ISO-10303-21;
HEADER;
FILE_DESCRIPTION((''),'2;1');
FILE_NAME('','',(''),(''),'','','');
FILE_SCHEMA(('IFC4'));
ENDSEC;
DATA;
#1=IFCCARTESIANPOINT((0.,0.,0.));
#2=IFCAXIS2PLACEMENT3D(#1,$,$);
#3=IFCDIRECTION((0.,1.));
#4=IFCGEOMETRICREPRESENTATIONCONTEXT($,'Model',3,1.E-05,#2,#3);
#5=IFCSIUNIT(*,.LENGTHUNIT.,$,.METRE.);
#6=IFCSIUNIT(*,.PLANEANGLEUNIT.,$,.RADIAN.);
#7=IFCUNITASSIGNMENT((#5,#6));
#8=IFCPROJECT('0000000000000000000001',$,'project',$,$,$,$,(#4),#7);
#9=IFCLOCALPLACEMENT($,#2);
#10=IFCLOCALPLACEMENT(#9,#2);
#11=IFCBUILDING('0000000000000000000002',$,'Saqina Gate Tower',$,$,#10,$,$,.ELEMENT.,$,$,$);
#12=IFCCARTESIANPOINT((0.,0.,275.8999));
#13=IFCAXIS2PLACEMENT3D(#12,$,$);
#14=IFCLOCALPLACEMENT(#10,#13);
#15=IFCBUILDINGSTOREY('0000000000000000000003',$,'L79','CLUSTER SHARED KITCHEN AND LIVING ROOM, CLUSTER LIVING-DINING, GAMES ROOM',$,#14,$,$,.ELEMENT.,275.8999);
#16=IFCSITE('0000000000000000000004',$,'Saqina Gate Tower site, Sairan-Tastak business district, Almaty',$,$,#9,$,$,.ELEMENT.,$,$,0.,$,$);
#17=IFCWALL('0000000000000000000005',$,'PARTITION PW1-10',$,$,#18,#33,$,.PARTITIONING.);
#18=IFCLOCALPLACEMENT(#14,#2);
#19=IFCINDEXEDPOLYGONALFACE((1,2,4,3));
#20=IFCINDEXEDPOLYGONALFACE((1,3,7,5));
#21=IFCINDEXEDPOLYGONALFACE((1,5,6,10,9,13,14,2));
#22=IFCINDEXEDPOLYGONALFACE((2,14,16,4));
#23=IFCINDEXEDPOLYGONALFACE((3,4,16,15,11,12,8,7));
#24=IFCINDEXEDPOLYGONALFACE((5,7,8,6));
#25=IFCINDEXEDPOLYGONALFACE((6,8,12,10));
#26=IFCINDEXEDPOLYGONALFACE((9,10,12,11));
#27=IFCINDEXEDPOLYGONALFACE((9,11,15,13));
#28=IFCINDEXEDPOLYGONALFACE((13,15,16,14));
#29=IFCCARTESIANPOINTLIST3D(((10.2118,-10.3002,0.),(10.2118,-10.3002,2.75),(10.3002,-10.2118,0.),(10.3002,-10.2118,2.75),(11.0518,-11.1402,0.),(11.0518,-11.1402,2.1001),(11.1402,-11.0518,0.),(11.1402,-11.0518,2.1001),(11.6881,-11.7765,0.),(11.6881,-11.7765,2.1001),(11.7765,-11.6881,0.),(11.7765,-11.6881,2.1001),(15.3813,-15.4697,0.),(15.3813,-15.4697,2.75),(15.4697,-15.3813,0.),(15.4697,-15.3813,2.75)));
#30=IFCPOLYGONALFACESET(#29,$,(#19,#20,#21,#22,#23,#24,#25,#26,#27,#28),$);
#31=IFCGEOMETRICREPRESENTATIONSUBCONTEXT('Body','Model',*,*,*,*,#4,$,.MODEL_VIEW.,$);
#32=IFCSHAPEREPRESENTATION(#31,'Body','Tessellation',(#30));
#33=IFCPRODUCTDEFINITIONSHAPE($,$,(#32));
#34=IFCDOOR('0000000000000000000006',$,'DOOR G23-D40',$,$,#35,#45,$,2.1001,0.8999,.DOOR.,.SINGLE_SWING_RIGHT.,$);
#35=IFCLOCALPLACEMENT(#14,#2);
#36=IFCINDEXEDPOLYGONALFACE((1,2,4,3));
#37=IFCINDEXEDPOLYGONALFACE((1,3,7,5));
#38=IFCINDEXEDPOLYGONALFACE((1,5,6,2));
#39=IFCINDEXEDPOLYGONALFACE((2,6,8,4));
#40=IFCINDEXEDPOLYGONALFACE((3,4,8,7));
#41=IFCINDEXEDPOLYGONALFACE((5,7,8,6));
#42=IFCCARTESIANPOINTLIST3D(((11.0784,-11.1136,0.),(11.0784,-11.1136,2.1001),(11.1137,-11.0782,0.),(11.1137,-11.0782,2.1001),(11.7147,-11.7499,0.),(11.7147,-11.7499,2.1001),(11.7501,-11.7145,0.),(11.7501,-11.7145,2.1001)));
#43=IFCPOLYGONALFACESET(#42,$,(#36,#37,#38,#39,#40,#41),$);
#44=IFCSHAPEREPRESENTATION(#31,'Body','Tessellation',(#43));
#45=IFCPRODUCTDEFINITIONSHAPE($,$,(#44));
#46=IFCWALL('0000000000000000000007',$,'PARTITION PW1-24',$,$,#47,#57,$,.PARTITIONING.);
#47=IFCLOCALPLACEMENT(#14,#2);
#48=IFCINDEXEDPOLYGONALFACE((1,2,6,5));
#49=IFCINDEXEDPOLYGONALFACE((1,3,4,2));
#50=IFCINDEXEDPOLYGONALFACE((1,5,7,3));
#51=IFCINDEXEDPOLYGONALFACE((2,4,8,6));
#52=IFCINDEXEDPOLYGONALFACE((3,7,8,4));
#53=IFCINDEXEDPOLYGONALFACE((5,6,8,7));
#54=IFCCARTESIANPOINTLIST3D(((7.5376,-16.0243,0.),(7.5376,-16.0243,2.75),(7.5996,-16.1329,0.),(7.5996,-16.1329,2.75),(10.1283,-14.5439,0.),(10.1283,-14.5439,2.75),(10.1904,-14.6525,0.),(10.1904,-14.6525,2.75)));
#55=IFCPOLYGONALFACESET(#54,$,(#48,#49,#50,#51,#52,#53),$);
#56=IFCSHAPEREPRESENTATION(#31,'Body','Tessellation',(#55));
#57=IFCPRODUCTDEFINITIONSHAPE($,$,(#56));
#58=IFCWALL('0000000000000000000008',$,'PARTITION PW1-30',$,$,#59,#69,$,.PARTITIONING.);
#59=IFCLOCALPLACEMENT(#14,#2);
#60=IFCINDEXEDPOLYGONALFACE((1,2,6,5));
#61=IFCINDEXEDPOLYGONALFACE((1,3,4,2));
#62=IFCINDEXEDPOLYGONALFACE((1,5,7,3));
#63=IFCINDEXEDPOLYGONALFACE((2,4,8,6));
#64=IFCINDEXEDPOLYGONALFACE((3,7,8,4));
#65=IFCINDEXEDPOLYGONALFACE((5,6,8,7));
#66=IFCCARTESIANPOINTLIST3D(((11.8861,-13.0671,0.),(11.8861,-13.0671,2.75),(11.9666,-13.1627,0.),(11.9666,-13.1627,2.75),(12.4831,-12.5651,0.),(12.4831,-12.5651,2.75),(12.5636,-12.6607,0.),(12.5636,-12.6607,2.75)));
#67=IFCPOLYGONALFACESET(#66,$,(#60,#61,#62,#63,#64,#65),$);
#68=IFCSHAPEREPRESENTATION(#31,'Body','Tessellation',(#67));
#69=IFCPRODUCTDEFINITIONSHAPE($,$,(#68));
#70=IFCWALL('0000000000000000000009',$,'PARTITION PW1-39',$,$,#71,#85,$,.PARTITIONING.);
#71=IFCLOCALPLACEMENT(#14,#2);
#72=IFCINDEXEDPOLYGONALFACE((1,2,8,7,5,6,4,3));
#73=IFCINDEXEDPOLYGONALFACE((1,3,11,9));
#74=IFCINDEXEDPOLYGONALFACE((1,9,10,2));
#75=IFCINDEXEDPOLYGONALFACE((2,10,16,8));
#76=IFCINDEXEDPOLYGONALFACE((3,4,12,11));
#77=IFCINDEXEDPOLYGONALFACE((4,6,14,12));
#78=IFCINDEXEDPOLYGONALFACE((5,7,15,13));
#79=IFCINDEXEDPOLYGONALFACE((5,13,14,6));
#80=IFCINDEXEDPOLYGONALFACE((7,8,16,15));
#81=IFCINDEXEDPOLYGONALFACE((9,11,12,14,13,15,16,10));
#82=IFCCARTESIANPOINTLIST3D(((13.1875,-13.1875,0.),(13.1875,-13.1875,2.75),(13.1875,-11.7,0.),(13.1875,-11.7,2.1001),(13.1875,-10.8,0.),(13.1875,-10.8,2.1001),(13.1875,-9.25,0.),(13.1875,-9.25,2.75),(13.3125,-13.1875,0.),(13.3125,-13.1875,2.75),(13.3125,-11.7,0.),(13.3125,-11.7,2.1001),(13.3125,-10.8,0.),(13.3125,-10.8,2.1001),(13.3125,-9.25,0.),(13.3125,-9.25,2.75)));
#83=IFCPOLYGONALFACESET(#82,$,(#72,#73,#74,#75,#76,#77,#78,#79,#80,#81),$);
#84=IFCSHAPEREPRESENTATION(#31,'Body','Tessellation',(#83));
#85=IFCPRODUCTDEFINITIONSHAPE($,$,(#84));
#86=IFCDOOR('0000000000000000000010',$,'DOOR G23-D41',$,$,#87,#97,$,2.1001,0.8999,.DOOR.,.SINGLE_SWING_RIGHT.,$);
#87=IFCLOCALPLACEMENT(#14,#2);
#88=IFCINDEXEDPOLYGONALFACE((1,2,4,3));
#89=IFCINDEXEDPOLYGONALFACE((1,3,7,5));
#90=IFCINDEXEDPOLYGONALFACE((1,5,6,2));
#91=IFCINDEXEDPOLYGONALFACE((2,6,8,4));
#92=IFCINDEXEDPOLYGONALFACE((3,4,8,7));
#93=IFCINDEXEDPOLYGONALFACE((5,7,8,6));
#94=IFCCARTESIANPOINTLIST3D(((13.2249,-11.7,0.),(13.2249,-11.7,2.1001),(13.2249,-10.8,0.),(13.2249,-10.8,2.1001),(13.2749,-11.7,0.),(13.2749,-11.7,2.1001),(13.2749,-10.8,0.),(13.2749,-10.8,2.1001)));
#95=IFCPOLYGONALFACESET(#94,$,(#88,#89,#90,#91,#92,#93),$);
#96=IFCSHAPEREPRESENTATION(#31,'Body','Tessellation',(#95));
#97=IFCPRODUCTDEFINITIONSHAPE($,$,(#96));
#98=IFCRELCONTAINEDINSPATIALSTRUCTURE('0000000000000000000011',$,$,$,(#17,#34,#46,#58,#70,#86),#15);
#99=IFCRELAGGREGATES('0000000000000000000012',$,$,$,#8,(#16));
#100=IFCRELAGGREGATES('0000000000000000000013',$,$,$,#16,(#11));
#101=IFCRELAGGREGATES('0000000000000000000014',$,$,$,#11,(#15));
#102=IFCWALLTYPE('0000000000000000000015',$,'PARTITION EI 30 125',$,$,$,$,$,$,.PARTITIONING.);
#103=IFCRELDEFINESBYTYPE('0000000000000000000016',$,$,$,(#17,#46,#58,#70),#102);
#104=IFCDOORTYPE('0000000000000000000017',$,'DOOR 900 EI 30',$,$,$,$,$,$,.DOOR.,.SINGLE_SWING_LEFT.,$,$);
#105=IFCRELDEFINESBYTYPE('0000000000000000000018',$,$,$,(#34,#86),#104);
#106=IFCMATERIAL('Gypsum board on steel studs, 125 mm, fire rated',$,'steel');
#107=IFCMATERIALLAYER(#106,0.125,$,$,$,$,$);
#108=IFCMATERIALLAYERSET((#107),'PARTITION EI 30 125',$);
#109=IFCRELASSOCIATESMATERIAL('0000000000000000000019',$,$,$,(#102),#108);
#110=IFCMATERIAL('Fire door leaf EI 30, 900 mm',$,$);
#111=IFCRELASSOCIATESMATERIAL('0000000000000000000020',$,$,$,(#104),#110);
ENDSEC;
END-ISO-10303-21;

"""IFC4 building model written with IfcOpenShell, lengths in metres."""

from ifc_helpers import new_model, si_unit, direction, frame, frame_2d, origin, place, context, subcontext, project, spatial, rectangle, extrude, material, layer, layer_set, type_object, element, fill, save


model = new_model("IFC4")

# Units and contexts
model_context = context("Model", 3, precision=1e-05, world=origin(), true_north=direction((0.0, 1.0)))
body_context = subcontext(model_context, "Body", "Model", "MODEL_VIEW")
ifc_project = project(units=[si_unit("LENGTHUNIT", "METRE"), si_unit("PLANEANGLEUNIT", "RADIAN")], contexts=[model_context])

# Site, building, storey
site_placement = place(None, origin())
site = spatial("IfcSite", under=ifc_project, at=site_placement, Name="Saqina Gate Tower site, Sairan-Tastak business district, Almaty", CompositionType="ELEMENT", RefElevation=0.0)
building_placement = place(site_placement, origin())
building = spatial("IfcBuilding", under=site, at=building_placement, Name="Saqina Gate Tower", CompositionType="ELEMENT")
storey_placement = place(building_placement, frame((0.0, 0.0, 275.8999)))
storey = spatial("IfcBuildingStorey", under=building, at=storey_placement, Name="L79", Description="CLUSTER SHARED KITCHEN AND LIVING ROOM, CLUSTER LIVING-DINING, GAMES ROOM", CompositionType="ELEMENT", Elevation=275.8999)

# Wall, opening, door
ifc_material_1 = material(Name="Gypsum board on steel studs, 125 mm, fire rated", Category="steel")
ifc_layer_1 = layer(ifc_material_1, 0.125)
ifc_layer_set_1 = layer_set([ifc_layer_1], Name="PARTITION EI 30 125")
wall_type_1 = type_object("IfcWallType", Name="PARTITION EI 30 125", PredefinedType="PARTITIONING", material=ifc_layer_set_1)
ifc_material_2 = material(Name="Fire door leaf EI 30, 900 mm")
door_type_1 = type_object("IfcDoorType", Name="DOOR 900 EI 30", OperationType="SINGLE_SWING_LEFT", PredefinedType="DOOR", material=ifc_material_2)
wall_1_placement = place(storey_placement, frame((10.2561, -10.2561, 0.0), z_axis=(0.0, 0.0, 1.0), x_axis=(0.707107, -0.707107, 0.0)))
wall_1 = element("IfcWall", 1, at=wall_1_placement, inside=storey, type_object=wall_type_1, Name="PARTITION PW1-10", PredefinedType="PARTITIONING", context=body_context, shape_type="SweptSolid", body=[
    extrude(rectangle(XDim=7.3108, YDim=0.125, at=frame_2d((3.6553, 0.0))), origin(), (0.0, 0.0, 1.0), 2.75),
])
opening_1_placement = place(wall_1_placement, frame((1.1877, 0.0, 0.0)))
opening_1 = element("IfcOpeningElement", 2, at=opening_1_placement, cuts=wall_1, PredefinedType="OPENING", context=body_context, shape_type="SweptSolid", body=[
    extrude(rectangle(XDim=0.8999, YDim=2.1001, at=frame_2d((0.45, 1.05))), frame((0.0, 0.0745, 0.0), z_axis=(0.0, -1.0, 0.0), x_axis=(1.0, 0.0, 0.0)), (0.0, 0.0, 1.0), 0.1489),
])
door_1_placement = place(opening_1_placement, frame((0.8999, 0.0, 0.0), z_axis=(0.0, 0.0, 1.0), x_axis=(-1.0, 0.0, 0.0)))
door_1 = element("IfcDoor", 3, at=door_1_placement, inside=storey, type_object=door_type_1, Name="DOOR G23-D40", OperationType="SINGLE_SWING_RIGHT", OverallHeight=2.1001, OverallWidth=0.8999, PredefinedType="DOOR", context=body_context, shape_type="SweptSolid", body=[
    extrude(rectangle(XDim=0.8999, YDim=2.1001, at=frame_2d((0.45, 1.05))), frame((0.0, 0.0249, 0.0), z_axis=(0.0, -1.0, 0.0), x_axis=(1.0, 0.0, 0.0)), (0.0, 0.0, 1.0), 0.05),
])
fill(opening_1, door_1)

# Walls
wall_2_placement = place(storey_placement, frame((7.5686, -16.0786, 0.0), z_axis=(0.0, 0.0, 1.0), x_axis=(0.868243, 0.496139, 0.0)))
element("IfcWall", 4, at=wall_2_placement, inside=storey, type_object=wall_type_1, Name="PARTITION PW1-24", PredefinedType="PARTITIONING", context=body_context, shape_type="SweptSolid", body=[
    extrude(rectangle(XDim=2.9839, YDim=0.125, at=frame_2d((1.4919, 0.0))), origin(), (0.0, 0.0, 1.0), 2.75),
])
wall_3_placement = place(storey_placement, frame((11.9263, -13.115, 0.0), z_axis=(0.0, 0.0, 1.0), x_axis=(0.765366, 0.643596, 0.0)))
element("IfcWall", 5, at=wall_3_placement, inside=storey, type_object=wall_type_1, Name="PARTITION PW1-30", PredefinedType="PARTITIONING", context=body_context, shape_type="SweptSolid", body=[
    extrude(rectangle(XDim=0.78, YDim=0.125, at=frame_2d((0.3901, 0.0))), origin(), (0.0, 0.0, 1.0), 2.75),
])

# Wall, opening, door
wall_4_placement = place(storey_placement, frame((13.25, -13.1875, 0.0), z_axis=(0.0, 0.0, 1.0), x_axis=(0.0, 1.0, 0.0)))
wall_4 = element("IfcWall", 6, at=wall_4_placement, inside=storey, type_object=wall_type_1, Name="PARTITION PW1-39", PredefinedType="PARTITIONING", context=body_context, shape_type="SweptSolid", body=[
    extrude(rectangle(XDim=3.9375, YDim=0.125, at=frame_2d((1.9688, 0.0))), origin(), (0.0, 0.0, 1.0), 2.75),
])
opening_2_placement = place(wall_4_placement, frame((1.4875, 0.0, 0.0)))
opening_2 = element("IfcOpeningElement", 7, at=opening_2_placement, cuts=wall_4, PredefinedType="OPENING", context=body_context, shape_type="SweptSolid", body=[
    extrude(rectangle(XDim=0.8999, YDim=2.1001, at=frame_2d((0.45, 1.05))), frame((0.0, 0.0745, 0.0), z_axis=(0.0, -1.0, 0.0), x_axis=(1.0, 0.0, 0.0)), (0.0, 0.0, 1.0), 0.1489),
])
door_2_placement = place(opening_2_placement, frame((0.8999, 0.0, 0.0), z_axis=(0.0, 0.0, 1.0), x_axis=(-1.0, 0.0, 0.0)))
door_2 = element("IfcDoor", 8, at=door_2_placement, inside=storey, type_object=door_type_1, Name="DOOR G23-D41", OperationType="SINGLE_SWING_RIGHT", OverallHeight=2.1001, OverallWidth=0.8999, PredefinedType="DOOR", context=body_context, shape_type="SweptSolid", body=[
    extrude(rectangle(XDim=0.8999, YDim=2.1001, at=frame_2d((0.45, 1.05))), frame((0.0, 0.0249, 0.0), z_axis=(0.0, -1.0, 0.0), x_axis=(1.0, 0.0, 0.0)), (0.0, 0.0, 1.0), 0.05),
])
fill(opening_2, door_2)

save(model, "model.ifc")
